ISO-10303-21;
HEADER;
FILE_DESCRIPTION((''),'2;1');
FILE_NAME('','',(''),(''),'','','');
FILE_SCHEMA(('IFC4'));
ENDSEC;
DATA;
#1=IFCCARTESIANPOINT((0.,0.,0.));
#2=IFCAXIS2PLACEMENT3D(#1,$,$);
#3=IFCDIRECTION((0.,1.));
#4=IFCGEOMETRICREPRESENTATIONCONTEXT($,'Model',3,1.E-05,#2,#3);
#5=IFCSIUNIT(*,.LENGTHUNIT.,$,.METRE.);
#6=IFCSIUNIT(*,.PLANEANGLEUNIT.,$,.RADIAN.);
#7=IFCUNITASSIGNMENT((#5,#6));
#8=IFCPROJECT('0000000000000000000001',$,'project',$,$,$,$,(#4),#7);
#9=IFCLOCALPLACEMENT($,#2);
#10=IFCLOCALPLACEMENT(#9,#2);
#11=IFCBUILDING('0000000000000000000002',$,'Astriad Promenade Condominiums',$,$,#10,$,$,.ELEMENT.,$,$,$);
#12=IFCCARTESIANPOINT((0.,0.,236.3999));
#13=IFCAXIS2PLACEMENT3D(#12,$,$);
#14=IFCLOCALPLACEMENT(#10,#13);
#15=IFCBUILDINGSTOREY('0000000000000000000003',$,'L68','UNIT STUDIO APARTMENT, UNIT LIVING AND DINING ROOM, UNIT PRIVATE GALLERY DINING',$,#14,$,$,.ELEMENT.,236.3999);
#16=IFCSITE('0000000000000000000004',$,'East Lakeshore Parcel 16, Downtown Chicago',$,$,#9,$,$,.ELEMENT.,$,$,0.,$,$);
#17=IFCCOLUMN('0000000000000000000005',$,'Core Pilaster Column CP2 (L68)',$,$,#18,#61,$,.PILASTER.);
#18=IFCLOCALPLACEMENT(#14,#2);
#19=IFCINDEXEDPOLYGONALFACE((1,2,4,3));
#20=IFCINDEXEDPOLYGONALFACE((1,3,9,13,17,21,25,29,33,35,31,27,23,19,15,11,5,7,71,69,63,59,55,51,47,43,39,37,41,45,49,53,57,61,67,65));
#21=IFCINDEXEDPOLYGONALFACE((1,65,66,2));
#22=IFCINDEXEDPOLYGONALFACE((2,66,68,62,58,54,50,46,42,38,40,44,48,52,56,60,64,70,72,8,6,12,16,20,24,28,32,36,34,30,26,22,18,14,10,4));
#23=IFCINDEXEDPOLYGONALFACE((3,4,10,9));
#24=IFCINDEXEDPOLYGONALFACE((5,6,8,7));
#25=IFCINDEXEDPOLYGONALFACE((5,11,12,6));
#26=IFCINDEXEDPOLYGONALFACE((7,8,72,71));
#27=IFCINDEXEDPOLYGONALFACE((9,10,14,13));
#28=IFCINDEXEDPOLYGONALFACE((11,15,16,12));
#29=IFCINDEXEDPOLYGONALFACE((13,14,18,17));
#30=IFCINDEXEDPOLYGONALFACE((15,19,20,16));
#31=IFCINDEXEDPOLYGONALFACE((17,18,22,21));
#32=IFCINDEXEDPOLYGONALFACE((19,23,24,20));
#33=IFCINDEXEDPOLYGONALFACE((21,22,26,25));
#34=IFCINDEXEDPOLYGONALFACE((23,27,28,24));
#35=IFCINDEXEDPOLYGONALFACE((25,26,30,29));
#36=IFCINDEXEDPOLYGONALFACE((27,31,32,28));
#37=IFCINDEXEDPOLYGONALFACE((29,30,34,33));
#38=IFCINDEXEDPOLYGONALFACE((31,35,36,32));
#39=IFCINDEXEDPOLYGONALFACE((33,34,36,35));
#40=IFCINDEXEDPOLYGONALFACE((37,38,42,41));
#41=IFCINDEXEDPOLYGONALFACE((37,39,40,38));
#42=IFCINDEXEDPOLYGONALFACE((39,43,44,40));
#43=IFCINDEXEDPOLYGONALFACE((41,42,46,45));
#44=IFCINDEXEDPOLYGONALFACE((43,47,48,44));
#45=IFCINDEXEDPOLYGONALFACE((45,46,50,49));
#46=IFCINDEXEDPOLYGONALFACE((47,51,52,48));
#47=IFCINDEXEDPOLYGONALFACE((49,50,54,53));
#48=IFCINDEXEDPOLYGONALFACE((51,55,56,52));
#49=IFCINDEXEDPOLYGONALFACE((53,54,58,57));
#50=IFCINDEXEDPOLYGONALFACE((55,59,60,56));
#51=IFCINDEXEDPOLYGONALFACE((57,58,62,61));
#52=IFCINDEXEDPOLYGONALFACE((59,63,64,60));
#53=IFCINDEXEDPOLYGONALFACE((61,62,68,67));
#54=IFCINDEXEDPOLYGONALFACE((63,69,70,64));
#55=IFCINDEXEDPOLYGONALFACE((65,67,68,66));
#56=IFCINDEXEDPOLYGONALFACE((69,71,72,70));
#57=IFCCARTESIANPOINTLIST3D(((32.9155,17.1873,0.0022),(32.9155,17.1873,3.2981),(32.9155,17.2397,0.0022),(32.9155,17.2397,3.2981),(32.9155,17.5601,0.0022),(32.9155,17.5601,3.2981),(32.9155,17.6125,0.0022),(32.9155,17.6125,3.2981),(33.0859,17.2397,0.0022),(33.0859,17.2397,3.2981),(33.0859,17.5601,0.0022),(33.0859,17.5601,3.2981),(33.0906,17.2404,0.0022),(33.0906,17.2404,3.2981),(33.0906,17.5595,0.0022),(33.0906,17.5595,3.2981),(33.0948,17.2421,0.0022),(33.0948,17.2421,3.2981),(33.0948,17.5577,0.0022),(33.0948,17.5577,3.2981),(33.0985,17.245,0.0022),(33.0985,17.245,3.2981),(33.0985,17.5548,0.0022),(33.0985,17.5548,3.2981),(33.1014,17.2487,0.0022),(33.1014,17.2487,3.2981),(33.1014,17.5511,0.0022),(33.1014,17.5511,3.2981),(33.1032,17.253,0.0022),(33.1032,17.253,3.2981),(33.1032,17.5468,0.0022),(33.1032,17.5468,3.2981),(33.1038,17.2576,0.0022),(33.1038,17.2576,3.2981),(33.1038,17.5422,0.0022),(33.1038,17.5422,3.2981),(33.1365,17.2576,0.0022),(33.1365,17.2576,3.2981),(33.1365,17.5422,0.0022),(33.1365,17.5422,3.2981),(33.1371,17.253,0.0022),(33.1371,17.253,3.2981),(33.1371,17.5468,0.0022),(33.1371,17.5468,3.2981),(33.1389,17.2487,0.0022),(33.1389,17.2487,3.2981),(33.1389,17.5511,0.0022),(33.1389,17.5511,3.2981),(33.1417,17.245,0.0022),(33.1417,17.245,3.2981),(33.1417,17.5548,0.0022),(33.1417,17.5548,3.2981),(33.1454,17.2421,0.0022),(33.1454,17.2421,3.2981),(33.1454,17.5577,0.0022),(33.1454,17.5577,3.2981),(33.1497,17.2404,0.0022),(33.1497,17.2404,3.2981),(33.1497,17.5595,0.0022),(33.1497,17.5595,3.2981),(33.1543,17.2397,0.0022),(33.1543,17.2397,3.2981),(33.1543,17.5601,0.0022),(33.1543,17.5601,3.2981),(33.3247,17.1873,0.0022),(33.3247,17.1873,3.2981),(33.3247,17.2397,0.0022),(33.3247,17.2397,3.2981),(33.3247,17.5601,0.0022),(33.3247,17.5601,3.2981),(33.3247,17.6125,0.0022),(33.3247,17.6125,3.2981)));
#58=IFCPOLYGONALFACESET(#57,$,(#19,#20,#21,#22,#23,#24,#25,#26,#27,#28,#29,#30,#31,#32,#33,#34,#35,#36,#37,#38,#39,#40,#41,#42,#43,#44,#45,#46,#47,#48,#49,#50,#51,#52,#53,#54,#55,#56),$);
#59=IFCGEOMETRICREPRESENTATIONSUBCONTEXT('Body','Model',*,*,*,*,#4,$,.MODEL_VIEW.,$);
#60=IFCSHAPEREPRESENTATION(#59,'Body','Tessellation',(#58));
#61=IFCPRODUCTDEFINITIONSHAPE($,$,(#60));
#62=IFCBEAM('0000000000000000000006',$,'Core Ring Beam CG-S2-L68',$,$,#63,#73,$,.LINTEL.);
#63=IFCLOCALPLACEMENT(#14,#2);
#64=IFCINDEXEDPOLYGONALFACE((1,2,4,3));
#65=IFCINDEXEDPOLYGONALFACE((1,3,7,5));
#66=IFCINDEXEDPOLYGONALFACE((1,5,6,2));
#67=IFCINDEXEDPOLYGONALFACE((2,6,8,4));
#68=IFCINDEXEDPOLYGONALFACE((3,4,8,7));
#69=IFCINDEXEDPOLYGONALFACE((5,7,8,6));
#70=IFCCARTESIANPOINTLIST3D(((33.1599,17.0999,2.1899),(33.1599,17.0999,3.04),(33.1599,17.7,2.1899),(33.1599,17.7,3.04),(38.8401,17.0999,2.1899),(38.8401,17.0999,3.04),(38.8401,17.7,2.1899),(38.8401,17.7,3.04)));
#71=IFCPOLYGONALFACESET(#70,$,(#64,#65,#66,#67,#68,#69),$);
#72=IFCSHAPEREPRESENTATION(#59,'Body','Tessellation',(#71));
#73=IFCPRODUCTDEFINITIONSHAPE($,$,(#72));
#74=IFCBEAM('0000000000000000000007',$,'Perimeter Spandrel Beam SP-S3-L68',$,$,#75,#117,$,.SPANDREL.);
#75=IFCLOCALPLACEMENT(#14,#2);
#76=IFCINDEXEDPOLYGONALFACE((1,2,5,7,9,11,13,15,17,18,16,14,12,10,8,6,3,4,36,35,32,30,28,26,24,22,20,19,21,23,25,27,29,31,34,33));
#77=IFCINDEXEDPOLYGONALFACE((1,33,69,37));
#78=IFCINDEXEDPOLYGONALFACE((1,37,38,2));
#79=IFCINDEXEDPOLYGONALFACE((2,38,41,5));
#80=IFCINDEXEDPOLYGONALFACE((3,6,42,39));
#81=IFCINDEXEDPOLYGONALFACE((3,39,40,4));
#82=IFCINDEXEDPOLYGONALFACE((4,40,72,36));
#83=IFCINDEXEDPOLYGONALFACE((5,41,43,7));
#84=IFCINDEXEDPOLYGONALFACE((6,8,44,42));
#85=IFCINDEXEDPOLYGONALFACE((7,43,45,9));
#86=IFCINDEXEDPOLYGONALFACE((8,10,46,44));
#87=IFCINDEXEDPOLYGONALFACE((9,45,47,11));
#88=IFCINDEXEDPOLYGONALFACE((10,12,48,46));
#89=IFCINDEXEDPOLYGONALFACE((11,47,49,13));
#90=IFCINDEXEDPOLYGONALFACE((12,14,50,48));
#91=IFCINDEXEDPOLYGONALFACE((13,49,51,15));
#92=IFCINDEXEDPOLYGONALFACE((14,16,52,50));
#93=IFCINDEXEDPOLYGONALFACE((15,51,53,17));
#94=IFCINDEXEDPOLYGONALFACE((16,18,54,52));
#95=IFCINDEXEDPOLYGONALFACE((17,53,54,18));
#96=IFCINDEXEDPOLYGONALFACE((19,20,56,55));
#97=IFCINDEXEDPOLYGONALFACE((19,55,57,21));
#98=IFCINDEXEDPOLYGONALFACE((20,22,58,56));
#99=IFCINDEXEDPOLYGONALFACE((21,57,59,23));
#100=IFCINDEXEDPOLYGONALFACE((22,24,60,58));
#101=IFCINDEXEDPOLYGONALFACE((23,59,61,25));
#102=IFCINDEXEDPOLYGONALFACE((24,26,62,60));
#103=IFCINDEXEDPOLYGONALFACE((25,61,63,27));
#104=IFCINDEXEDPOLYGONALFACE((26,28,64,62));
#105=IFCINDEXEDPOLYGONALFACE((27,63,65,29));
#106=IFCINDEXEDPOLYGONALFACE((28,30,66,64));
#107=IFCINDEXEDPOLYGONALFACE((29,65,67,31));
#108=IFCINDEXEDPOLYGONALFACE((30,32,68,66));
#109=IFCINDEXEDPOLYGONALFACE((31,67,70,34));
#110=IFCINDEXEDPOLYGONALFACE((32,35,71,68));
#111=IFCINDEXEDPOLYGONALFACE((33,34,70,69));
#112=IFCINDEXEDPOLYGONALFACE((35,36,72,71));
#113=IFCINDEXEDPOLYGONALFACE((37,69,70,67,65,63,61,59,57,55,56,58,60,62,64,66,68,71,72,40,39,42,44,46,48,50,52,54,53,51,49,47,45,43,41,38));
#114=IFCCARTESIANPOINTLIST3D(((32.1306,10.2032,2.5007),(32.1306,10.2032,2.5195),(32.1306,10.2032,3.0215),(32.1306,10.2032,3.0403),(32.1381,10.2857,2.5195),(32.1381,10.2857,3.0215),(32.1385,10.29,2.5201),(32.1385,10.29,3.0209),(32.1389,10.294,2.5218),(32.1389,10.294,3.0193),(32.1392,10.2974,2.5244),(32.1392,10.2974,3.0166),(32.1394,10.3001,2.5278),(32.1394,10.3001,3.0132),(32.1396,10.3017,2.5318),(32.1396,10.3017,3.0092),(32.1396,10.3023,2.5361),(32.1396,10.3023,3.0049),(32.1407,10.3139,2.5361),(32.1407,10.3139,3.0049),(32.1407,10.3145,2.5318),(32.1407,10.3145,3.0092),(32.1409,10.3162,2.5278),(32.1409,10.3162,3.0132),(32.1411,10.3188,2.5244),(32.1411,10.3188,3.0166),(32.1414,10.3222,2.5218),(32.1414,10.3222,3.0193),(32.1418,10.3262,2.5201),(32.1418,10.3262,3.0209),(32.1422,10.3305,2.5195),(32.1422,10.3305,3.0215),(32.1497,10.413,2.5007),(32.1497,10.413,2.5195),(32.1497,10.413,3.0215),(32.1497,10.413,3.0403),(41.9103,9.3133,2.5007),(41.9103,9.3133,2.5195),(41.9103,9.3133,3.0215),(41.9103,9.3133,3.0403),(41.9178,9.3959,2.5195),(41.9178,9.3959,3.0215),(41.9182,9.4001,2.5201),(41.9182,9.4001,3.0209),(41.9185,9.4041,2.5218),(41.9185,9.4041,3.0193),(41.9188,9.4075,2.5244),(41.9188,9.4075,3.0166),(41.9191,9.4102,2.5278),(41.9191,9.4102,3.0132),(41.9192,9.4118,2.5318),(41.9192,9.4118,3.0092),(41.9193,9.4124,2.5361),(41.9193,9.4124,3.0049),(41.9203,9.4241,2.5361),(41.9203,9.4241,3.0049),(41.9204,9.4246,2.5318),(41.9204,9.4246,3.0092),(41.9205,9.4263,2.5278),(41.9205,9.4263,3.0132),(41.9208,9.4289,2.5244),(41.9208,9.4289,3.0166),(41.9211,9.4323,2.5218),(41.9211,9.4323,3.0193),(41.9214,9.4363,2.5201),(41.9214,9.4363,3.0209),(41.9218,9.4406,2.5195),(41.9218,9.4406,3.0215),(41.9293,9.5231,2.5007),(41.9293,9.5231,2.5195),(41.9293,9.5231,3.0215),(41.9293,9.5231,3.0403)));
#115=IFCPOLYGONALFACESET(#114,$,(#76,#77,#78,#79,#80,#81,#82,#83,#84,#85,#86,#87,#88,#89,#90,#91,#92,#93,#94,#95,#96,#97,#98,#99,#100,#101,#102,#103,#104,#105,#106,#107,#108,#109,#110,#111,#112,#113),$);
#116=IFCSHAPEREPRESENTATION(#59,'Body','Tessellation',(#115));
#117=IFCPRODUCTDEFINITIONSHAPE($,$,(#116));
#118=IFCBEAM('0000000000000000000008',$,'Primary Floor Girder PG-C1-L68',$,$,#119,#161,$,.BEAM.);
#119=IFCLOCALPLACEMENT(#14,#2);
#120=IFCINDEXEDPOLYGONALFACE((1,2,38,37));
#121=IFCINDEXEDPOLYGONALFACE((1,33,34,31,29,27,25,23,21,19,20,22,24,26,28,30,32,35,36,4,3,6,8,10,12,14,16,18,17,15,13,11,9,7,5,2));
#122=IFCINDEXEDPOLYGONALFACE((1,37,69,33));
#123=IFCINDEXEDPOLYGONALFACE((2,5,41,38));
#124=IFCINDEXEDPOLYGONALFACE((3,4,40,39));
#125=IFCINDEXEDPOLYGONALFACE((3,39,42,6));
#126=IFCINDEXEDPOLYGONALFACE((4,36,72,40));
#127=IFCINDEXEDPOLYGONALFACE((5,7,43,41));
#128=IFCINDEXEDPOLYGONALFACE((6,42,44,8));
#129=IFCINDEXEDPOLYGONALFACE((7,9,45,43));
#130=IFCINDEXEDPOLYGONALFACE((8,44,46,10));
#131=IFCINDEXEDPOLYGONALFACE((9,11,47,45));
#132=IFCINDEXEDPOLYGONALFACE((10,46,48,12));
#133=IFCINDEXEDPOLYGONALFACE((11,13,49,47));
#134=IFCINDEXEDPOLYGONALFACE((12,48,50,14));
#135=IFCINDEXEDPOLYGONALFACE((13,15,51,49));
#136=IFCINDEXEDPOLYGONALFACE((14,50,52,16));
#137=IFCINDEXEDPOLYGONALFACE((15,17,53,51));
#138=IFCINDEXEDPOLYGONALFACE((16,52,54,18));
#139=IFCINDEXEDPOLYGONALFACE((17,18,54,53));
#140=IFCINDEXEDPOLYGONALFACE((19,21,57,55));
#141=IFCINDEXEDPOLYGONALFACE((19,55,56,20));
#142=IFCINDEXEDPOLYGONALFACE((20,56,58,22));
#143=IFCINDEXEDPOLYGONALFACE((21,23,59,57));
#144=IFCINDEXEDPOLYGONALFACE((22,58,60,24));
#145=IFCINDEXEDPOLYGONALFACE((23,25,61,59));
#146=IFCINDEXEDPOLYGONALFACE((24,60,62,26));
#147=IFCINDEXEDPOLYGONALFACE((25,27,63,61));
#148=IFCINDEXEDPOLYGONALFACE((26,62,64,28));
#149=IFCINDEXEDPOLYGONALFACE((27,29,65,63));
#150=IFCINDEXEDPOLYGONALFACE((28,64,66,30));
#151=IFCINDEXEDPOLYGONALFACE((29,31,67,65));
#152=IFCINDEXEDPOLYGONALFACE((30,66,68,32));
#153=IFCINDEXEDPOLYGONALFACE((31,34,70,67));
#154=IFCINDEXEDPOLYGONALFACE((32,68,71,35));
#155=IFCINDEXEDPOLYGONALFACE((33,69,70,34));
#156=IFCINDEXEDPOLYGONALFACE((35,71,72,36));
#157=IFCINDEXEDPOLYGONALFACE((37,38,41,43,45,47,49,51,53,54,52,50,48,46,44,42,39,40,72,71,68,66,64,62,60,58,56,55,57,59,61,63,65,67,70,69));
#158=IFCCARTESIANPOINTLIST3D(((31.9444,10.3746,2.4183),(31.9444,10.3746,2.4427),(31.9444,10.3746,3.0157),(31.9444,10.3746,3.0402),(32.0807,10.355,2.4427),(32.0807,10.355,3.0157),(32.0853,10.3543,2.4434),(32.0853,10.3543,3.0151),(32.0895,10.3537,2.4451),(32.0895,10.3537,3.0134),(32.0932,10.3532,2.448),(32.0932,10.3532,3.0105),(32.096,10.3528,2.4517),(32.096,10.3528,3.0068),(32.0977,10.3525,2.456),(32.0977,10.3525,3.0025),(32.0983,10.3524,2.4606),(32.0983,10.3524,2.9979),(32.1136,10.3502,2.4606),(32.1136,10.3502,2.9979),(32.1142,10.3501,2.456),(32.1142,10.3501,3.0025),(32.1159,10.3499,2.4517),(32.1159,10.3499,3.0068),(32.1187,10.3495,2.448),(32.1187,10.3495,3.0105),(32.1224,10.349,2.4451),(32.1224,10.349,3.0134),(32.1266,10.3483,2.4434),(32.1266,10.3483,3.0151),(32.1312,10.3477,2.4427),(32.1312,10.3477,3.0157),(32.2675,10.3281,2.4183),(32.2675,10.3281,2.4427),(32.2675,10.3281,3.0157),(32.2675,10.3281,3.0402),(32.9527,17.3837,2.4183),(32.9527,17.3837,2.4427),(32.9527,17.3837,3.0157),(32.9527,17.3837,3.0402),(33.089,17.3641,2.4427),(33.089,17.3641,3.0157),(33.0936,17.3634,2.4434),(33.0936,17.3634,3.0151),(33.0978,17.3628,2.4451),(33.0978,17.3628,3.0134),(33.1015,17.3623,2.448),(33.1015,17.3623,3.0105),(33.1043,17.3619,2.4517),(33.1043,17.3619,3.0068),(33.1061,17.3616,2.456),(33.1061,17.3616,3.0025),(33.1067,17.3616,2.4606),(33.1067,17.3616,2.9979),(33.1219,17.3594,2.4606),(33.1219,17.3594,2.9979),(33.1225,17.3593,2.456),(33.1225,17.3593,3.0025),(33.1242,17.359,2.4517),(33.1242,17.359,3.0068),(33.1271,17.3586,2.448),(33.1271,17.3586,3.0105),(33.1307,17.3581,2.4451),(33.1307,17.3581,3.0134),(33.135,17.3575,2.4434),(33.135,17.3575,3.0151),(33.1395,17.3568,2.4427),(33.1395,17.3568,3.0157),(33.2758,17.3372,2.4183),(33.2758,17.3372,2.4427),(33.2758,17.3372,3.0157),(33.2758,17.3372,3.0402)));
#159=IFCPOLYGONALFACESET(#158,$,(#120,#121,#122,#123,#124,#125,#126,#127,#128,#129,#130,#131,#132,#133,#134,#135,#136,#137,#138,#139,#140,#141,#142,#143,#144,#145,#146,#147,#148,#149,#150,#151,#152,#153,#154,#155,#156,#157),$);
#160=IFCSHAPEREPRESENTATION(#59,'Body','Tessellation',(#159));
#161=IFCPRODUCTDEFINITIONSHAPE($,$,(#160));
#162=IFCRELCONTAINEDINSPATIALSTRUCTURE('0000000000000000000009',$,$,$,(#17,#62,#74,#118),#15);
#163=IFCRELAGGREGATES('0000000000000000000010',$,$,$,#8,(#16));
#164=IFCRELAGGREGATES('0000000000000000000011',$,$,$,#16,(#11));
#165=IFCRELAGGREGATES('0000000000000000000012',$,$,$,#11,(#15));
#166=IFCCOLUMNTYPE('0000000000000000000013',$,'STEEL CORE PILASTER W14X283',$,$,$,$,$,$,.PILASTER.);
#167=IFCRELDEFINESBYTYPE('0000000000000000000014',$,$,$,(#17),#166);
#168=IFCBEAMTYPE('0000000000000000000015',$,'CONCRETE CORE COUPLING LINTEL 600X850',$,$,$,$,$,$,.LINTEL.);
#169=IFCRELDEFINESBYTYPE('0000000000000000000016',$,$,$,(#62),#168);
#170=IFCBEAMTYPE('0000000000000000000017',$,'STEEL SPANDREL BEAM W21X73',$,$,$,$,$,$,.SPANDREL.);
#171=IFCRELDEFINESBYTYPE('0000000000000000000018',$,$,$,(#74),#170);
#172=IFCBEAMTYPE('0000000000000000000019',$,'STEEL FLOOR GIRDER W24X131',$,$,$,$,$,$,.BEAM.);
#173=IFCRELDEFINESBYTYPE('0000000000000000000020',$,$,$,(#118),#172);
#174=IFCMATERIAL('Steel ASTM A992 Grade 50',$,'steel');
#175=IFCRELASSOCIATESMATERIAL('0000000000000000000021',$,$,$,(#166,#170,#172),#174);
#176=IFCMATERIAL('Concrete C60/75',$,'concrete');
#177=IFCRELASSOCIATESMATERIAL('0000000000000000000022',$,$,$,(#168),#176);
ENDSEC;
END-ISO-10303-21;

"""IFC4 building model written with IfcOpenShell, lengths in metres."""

from ifc_helpers import new_model, si_unit, direction, frame, origin, origin_2d, place, context, subcontext, project, spatial, rectangle, i_section, extrude, source, transform, mapped, material, material_profile, profile_set, type_object, type_shapes, element, save


model = new_model("IFC4")

# Units and contexts
model_context = context("Model", 3, precision=1e-05, world=origin(), true_north=direction((0.0, 1.0)))
body_context = subcontext(model_context, "Body", "Model", "MODEL_VIEW")
ifc_project = project(units=[si_unit("LENGTHUNIT", "METRE"), si_unit("PLANEANGLEUNIT", "RADIAN")], contexts=[model_context])

# Site, building, storey
site_placement = place(None, origin())
site = spatial("IfcSite", under=ifc_project, at=site_placement, Name="East Lakeshore Parcel 16, Downtown Chicago", CompositionType="ELEMENT", RefElevation=0.0)
building_placement = place(site_placement, origin())
building = spatial("IfcBuilding", under=site, at=building_placement, Name="Astriad Promenade Condominiums", CompositionType="ELEMENT")
storey_placement = place(building_placement, frame((0.0, 0.0, 236.3999)))
storey = spatial("IfcBuildingStorey", under=building, at=storey_placement, Name="L68", Description="UNIT STUDIO APARTMENT, UNIT LIVING AND DINING ROOM, UNIT PRIVATE GALLERY DINING", CompositionType="ELEMENT", Elevation=236.3999)

# Column
ifc_material_1 = material(Name="Steel ASTM A992 Grade 50", Category="steel")
ifc_material_profile_1 = material_profile(ifc_material_1, i_section(OverallWidth=0.4092, OverallDepth=0.4253, WebThickness=0.0327, FlangeThickness=0.0525, FilletRadius=0.0178, at=origin_2d()), Name="W14X283")
ifc_profile_set_1 = profile_set([ifc_material_profile_1], Name="Steel ASTM A992 Grade 50")
column_type = type_object("IfcColumnType", Name="STEEL CORE PILASTER W14X283", PredefinedType="PILASTER", material=ifc_profile_set_1)
shared_shape_1 = source(origin(), body_context, "Body", "SweptSolid", [
    extrude(i_section(OverallWidth=0.4092, OverallDepth=0.4253, WebThickness=0.0327, FlangeThickness=0.0525, FilletRadius=0.0178, at=origin_2d()), origin(), (0.0, 0.0, 1.0), 3.2959),
])
type_shapes(column_type, [shared_shape_1])
column_placement = place(storey_placement, frame((33.1201, 17.3999, 0.0022), z_axis=(0.0, 0.0, 1.0), x_axis=(1.0, 0.0, 0.0)))
element("IfcColumn", 1, at=column_placement, inside=storey, type_object=column_type, Name="Core Pilaster Column CP2 (L68)", PredefinedType="PILASTER", context=body_context, shape_type="MappedRepresentation", body=[
    mapped(shared_shape_1, transform((0.0, 0.0, 0.0), scale=1.0)),
])

# Beams
ifc_material_2 = material(Name="Concrete C60/75", Category="concrete")
ifc_material_profile_2 = material_profile(ifc_material_2, rectangle(XDim=0.6001, YDim=0.8501, at=origin_2d()), Name="RC-BM-600X850")
ifc_profile_set_2 = profile_set([ifc_material_profile_2], Name="Concrete C60/75")
beam_type_1 = type_object("IfcBeamType", Name="CONCRETE CORE COUPLING LINTEL 600X850", PredefinedType="LINTEL", material=ifc_profile_set_2)
shared_shape_2 = source(origin(), body_context, "Body", "SweptSolid", [
    extrude(rectangle(XDim=0.6001, YDim=0.8501, at=origin_2d()), origin(), (0.0, 0.0, 1.0), 5.6802),
])
type_shapes(beam_type_1, [shared_shape_2])
beam_1_placement = place(storey_placement, frame((33.1599, 17.3999, 2.615), z_axis=(1.0, 0.0, 0.0), x_axis=(0.0, 1.0, 0.0)))
element("IfcBeam", 2, at=beam_1_placement, inside=storey, type_object=beam_type_1, Name="Core Ring Beam CG-S2-L68", PredefinedType="LINTEL", context=body_context, shape_type="MappedRepresentation", body=[
    mapped(shared_shape_2, transform((0.0, 0.0, 0.0), scale=1.0)),
])
ifc_material_profile_3 = material_profile(ifc_material_1, i_section(OverallWidth=0.2107, OverallDepth=0.5396, WebThickness=0.0117, FlangeThickness=0.0188, FilletRadius=0.0166, at=origin_2d()), Name="W21X73")
ifc_profile_set_3 = profile_set([ifc_material_profile_3], Name="Steel ASTM A992 Grade 50")
beam_type_2 = type_object("IfcBeamType", Name="STEEL SPANDREL BEAM W21X73", PredefinedType="SPANDREL", material=ifc_profile_set_3)
shared_shape_3 = source(origin(), body_context, "Body", "SweptSolid", [
    extrude(i_section(OverallWidth=0.2107, OverallDepth=0.5396, WebThickness=0.0117, FlangeThickness=0.0188, FilletRadius=0.0166, at=origin_2d()), origin(), (0.0, 0.0, 1.0), 9.8201),
])
type_shapes(beam_type_2, [shared_shape_3])
beam_2_placement = place(storey_placement, frame((32.1401, 10.3081, 2.7705), z_axis=(0.995886, -0.090619, 0.0), x_axis=(0.090619, 0.995886, 0.0)))
element("IfcBeam", 3, at=beam_2_placement, inside=storey, type_object=beam_type_2, Name="Perimeter Spandrel Beam SP-S3-L68", PredefinedType="SPANDREL", context=body_context, shape_type="MappedRepresentation", body=[
    mapped(shared_shape_3, transform((0.0, 0.0, 0.0), scale=1.0)),
])
ifc_material_profile_4 = material_profile(ifc_material_1, i_section(OverallWidth=0.3264, OverallDepth=0.6218, WebThickness=0.0154, FlangeThickness=0.0244, FilletRadius=0.0178, at=origin_2d()), Name="W24X131")
ifc_profile_set_4 = profile_set([ifc_material_profile_4], Name="Steel ASTM A992 Grade 50")
beam_type_3 = type_object("IfcBeamType", Name="STEEL FLOOR GIRDER W24X131", PredefinedType="BEAM", material=ifc_profile_set_4)
shared_shape_4 = source(origin(), body_context, "Body", "SweptSolid", [
    extrude(i_section(OverallWidth=0.3264, OverallDepth=0.6218, WebThickness=0.0154, FlangeThickness=0.0244, FilletRadius=0.0178, at=origin_2d()), origin(), (0.0, 0.0, 1.0), 7.0813),
])
beam_3_placement = place(storey_placement, frame((32.106, 10.3513, 2.7292), z_axis=(0.142391, 0.98981, 0.0), x_axis=(-0.98981, 0.142391, 0.0)))
element("IfcBeam", 4, at=beam_3_placement, inside=storey, type_object=beam_type_3, Name="Primary Floor Girder PG-C1-L68", PredefinedType="BEAM", context=body_context, shape_type="MappedRepresentation", body=[
    mapped(shared_shape_4, transform((0.0, 0.0, 0.0), scale=1.0)),
])

save(model, "model.ifc")
